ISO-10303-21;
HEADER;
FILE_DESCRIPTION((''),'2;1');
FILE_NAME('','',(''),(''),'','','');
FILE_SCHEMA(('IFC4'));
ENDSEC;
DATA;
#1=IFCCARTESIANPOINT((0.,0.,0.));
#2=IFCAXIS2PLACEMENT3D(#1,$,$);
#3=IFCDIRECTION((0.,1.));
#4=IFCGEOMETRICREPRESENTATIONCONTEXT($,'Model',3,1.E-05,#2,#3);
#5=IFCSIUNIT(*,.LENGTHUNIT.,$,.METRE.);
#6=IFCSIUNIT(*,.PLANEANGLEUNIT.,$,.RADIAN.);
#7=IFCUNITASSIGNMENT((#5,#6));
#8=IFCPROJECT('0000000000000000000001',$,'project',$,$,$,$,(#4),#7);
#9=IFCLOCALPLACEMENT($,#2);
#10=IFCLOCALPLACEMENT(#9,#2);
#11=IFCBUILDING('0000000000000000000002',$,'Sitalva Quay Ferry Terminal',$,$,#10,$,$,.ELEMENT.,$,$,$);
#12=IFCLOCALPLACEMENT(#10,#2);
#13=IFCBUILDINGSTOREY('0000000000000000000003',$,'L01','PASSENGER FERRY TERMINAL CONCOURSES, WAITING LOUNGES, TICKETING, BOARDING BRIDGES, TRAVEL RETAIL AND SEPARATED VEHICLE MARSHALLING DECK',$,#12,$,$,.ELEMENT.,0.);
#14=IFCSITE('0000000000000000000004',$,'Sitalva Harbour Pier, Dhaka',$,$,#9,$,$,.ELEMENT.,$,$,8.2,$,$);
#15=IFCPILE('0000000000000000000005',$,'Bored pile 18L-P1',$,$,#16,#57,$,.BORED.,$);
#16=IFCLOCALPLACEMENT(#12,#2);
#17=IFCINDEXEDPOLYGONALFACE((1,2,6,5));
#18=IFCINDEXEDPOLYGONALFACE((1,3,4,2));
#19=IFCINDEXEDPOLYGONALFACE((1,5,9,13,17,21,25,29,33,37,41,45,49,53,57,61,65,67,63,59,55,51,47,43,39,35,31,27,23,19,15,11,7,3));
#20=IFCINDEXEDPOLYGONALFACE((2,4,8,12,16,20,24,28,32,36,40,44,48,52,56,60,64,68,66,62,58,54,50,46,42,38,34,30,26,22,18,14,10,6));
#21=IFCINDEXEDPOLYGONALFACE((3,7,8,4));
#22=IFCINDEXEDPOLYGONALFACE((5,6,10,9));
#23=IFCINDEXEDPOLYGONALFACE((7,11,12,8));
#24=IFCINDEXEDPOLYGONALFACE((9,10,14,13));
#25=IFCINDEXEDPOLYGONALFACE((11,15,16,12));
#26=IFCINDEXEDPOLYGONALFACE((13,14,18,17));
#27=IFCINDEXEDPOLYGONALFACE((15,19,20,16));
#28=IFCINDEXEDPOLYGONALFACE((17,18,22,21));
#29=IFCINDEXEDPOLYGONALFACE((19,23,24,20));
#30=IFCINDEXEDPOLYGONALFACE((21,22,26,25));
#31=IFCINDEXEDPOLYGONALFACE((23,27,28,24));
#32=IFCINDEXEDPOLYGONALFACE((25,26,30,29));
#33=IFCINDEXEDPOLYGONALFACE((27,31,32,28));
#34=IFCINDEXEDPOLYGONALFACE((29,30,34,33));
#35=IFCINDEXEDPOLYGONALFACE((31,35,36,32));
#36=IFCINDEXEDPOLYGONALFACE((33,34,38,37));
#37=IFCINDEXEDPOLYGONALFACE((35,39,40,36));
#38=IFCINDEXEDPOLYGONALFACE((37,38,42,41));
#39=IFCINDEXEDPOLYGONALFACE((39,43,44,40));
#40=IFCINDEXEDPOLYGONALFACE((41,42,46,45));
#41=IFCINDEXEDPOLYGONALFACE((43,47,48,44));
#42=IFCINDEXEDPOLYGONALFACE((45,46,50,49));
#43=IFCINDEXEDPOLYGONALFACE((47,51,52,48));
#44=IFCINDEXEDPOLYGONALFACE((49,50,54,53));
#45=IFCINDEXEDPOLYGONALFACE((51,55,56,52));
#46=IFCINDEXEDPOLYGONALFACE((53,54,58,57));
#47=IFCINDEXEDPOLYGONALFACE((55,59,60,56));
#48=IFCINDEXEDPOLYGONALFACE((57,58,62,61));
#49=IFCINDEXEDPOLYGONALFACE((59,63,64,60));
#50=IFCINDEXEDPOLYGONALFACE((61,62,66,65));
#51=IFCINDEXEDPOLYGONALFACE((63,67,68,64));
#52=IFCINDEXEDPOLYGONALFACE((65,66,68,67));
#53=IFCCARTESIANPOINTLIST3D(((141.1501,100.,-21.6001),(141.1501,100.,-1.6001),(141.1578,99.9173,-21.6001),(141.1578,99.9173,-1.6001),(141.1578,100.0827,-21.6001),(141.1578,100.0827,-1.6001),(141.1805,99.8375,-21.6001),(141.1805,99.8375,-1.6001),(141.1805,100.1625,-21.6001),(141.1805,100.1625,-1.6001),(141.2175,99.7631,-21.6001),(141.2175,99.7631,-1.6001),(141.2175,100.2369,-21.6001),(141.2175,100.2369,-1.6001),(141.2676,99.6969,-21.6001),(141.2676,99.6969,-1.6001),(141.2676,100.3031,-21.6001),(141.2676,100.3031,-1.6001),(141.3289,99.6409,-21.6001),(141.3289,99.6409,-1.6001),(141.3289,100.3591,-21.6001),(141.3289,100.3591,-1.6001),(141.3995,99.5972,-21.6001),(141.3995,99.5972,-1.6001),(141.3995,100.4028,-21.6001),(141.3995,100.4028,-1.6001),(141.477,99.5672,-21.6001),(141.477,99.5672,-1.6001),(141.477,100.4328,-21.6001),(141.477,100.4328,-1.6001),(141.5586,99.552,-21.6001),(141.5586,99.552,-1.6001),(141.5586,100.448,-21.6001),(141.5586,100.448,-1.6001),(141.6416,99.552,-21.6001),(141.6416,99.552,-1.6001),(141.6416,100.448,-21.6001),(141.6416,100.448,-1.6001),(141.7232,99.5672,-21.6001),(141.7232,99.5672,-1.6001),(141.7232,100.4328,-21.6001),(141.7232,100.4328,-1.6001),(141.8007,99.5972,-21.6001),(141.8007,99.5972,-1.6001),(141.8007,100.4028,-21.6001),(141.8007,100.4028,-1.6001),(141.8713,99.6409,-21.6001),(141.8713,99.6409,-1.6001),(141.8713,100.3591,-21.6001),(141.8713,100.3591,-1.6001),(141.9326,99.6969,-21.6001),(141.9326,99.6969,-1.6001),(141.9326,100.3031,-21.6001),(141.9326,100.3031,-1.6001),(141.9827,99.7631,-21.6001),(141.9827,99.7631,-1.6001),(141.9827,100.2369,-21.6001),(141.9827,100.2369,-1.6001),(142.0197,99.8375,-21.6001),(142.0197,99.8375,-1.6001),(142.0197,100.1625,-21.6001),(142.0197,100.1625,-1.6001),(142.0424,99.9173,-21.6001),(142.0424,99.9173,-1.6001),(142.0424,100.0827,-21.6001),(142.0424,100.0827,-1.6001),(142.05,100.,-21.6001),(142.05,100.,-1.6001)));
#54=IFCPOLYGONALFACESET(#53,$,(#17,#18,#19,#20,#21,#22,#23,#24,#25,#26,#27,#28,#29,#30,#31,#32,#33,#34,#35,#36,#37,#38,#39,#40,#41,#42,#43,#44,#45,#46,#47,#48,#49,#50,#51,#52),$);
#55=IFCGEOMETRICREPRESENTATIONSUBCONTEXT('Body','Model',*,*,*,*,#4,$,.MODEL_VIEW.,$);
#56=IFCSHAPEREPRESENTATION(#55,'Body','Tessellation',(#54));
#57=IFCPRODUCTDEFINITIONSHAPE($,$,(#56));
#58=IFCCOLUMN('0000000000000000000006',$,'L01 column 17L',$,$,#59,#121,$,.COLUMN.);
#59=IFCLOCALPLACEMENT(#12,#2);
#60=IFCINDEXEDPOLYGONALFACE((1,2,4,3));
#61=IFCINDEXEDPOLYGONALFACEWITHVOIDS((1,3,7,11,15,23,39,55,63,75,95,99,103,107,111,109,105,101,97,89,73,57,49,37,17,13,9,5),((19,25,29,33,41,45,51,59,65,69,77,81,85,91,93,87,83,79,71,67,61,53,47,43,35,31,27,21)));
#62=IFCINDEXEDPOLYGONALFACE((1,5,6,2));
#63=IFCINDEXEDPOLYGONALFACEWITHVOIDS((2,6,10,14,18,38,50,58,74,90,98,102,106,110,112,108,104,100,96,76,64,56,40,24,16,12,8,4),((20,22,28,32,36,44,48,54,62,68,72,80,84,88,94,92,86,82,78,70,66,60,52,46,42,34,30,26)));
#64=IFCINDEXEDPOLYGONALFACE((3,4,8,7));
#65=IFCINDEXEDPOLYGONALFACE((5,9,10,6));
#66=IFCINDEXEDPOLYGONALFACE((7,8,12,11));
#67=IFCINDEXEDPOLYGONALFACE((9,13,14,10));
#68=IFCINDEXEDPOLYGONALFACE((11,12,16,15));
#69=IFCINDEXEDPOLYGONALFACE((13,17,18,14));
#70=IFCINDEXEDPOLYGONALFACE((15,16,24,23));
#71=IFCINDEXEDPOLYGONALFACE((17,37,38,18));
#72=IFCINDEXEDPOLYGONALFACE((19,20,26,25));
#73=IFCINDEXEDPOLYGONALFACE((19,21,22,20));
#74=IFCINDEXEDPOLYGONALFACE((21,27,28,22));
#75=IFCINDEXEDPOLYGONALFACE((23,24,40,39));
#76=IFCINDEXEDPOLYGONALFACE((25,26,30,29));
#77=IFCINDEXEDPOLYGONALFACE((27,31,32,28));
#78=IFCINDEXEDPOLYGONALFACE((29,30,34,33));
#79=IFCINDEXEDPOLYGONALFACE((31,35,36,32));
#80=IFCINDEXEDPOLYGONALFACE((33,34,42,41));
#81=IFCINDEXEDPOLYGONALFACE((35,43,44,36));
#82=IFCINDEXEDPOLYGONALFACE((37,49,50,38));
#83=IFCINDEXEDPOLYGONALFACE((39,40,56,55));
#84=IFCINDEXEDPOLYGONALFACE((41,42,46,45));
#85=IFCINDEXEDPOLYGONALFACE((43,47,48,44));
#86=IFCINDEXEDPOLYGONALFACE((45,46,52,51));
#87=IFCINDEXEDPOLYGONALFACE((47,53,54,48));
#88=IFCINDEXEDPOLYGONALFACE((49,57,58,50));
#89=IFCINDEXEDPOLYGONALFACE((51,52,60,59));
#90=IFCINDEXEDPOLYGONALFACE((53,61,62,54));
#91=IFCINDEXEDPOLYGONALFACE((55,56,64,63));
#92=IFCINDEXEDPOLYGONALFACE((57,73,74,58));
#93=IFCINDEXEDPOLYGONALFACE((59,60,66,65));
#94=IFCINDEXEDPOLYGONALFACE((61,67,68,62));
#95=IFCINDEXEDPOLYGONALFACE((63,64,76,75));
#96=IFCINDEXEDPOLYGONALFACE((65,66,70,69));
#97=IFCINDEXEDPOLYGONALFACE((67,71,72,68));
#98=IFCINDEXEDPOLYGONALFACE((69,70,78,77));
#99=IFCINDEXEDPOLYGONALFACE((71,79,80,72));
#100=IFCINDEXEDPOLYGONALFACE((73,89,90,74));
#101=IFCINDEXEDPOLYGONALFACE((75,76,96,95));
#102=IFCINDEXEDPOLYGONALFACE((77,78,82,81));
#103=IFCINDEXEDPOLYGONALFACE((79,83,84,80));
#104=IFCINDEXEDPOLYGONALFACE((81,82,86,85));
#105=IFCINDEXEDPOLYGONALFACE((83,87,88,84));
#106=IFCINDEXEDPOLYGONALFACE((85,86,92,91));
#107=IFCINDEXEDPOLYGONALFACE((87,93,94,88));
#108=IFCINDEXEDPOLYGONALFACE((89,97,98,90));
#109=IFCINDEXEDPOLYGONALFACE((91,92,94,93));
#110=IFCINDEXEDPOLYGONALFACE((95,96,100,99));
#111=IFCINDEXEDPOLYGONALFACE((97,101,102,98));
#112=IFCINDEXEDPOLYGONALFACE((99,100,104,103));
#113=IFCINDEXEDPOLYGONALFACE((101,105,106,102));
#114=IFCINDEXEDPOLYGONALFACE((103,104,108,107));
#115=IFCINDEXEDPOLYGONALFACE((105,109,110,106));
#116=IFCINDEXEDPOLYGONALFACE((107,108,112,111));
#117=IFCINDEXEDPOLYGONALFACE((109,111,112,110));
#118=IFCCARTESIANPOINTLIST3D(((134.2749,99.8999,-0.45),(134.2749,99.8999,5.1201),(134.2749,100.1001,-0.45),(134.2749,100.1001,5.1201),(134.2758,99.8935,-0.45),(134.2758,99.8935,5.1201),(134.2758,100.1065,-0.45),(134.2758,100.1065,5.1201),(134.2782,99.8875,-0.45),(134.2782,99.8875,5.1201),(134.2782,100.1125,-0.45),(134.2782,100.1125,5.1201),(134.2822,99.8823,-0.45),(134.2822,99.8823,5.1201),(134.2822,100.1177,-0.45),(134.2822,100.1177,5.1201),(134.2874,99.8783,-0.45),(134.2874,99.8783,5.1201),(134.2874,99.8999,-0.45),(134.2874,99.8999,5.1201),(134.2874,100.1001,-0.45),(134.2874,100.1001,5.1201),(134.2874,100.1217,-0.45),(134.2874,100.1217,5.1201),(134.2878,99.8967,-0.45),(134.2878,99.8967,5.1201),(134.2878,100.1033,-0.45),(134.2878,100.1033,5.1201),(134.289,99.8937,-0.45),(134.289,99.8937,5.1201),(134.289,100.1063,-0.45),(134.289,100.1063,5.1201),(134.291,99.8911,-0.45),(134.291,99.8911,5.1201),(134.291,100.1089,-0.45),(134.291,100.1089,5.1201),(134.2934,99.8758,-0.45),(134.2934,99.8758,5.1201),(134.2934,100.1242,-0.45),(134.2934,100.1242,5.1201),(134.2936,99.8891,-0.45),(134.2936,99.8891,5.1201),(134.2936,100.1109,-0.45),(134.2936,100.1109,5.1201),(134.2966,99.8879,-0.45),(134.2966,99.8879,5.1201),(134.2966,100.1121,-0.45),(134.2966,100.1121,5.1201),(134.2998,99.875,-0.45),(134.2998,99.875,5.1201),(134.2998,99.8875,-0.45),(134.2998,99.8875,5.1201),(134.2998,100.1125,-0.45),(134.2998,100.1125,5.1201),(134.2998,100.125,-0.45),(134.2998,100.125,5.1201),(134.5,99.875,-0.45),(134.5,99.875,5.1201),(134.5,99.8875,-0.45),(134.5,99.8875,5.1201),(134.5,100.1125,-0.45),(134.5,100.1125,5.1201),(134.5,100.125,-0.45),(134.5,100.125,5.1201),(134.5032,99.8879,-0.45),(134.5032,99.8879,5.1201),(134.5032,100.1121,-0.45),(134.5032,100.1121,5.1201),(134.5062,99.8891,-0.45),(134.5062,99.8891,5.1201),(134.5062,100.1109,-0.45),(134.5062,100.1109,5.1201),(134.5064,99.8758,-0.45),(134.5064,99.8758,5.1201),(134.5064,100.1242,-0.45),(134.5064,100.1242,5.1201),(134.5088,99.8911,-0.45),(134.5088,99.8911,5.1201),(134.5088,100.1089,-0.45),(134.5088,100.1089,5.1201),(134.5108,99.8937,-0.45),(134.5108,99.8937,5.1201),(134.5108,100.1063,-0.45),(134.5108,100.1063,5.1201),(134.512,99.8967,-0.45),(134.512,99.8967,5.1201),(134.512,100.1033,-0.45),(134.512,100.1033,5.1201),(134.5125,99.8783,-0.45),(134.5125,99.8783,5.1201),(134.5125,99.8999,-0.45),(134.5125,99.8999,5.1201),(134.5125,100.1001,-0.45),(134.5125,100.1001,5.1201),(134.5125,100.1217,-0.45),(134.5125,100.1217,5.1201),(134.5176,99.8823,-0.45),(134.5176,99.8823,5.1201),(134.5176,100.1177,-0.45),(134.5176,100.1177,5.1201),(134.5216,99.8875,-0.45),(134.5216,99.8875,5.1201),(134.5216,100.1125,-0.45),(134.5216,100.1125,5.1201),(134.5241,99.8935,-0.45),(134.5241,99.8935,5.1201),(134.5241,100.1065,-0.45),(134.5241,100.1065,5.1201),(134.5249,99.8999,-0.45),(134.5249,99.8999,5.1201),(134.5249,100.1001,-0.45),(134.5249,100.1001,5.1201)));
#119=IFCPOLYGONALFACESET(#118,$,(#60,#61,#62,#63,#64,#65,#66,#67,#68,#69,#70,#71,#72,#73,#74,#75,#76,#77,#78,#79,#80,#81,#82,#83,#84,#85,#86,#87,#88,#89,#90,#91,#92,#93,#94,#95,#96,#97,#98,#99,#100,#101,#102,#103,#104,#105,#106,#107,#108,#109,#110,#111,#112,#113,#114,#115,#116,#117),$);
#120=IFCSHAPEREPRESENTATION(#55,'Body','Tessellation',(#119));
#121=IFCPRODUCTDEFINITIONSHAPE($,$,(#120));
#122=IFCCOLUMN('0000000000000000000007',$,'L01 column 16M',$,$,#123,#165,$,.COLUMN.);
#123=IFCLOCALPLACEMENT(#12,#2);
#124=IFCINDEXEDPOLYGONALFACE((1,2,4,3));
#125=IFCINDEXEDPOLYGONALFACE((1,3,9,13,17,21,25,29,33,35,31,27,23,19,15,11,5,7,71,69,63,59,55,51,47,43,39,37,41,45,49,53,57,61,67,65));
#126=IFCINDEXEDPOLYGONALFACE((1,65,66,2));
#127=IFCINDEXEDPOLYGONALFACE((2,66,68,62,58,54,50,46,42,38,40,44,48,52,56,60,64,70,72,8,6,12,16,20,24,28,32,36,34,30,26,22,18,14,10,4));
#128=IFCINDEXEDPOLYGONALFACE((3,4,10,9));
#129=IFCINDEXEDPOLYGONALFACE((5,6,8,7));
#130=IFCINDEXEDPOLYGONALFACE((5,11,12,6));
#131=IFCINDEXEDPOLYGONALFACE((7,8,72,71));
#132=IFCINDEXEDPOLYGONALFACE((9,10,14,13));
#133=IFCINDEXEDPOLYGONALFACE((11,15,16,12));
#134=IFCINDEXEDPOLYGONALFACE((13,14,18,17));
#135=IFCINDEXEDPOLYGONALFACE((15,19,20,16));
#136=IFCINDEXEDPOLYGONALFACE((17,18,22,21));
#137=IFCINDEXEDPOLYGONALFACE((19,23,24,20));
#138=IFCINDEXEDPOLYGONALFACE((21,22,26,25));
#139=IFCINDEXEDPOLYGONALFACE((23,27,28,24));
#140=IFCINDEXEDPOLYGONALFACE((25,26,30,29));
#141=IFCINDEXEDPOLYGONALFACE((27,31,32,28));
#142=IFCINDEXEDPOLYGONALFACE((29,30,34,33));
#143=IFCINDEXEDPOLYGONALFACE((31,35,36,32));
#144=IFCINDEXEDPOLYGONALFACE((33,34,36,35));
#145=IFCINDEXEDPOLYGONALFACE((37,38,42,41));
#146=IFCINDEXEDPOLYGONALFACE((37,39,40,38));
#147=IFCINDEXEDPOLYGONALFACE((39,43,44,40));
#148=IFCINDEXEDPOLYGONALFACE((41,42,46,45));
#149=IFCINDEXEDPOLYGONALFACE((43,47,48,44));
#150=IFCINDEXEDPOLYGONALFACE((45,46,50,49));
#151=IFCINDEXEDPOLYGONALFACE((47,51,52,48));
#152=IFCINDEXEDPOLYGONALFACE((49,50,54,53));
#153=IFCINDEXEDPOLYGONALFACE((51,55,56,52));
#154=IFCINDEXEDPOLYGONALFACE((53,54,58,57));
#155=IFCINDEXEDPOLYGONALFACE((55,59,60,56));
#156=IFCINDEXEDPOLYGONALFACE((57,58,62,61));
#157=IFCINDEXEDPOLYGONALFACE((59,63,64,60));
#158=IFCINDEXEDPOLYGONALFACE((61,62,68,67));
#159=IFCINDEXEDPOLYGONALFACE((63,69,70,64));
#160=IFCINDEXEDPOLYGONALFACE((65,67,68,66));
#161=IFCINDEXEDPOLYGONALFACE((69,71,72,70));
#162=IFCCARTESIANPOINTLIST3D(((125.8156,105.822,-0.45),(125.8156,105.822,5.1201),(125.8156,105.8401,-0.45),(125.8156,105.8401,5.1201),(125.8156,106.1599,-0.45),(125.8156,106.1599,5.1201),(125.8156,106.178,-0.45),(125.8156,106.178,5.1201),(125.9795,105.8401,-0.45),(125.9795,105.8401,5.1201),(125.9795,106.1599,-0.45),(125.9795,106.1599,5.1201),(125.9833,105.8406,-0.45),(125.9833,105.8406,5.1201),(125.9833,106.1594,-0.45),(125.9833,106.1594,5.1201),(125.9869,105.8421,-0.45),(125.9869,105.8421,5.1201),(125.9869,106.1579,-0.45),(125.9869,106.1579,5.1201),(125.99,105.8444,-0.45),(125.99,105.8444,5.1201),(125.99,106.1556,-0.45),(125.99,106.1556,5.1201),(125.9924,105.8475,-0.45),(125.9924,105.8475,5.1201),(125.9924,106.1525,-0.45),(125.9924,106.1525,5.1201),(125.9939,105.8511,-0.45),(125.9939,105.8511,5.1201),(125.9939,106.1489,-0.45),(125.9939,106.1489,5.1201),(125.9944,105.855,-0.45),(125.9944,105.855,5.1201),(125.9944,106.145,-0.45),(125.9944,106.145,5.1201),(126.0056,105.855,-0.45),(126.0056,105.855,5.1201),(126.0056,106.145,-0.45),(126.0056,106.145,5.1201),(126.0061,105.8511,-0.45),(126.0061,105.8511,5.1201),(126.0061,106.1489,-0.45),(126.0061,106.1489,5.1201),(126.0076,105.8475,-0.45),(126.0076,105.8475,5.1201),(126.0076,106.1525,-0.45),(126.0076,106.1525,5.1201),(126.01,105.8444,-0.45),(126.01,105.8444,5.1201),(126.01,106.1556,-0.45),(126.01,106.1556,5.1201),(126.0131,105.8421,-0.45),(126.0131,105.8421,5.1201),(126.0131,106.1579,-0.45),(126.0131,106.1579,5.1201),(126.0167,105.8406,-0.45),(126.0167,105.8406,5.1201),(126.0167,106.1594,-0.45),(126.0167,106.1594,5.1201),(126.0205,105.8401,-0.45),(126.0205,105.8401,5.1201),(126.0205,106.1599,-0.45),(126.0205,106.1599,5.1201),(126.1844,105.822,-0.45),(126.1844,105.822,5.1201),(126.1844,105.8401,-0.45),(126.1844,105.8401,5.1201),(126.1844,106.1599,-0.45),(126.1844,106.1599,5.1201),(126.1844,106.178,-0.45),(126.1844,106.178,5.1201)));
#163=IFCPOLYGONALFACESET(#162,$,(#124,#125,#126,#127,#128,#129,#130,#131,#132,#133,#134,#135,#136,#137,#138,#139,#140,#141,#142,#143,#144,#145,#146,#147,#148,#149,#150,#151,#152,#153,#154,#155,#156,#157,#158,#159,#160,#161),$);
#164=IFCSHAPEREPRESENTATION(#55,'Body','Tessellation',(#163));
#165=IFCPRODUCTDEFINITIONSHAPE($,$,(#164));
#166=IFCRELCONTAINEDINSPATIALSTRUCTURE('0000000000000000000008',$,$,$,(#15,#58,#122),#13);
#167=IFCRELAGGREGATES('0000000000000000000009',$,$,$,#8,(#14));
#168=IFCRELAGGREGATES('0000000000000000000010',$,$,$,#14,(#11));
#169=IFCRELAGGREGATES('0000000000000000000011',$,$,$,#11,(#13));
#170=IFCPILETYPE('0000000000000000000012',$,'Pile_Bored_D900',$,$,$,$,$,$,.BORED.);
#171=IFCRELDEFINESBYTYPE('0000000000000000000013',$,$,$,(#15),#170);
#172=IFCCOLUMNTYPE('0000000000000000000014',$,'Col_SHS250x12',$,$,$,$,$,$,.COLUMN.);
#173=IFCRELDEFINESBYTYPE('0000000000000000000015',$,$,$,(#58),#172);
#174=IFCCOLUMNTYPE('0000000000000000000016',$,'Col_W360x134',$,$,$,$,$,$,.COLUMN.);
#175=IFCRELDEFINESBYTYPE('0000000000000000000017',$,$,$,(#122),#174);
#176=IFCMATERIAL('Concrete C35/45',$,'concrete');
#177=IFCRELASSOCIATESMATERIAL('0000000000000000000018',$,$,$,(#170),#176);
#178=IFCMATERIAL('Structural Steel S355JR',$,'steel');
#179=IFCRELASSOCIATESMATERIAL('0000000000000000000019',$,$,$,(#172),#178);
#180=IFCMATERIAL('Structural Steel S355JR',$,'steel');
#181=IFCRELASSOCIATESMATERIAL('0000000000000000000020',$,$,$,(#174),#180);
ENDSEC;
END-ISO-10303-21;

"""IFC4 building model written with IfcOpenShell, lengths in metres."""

from ifc_helpers import new_model, si_unit, direction, frame, origin, origin_2d, place, context, subcontext, project, spatial, hollow_rectangle, circle, i_section, extrude, material, material_profile, profile_set, type_object, element, save


model = new_model("IFC4")

# Units and contexts
model_context = context("Model", 3, precision=1e-05, world=origin(), true_north=direction((0.0, 1.0)))
body_context = subcontext(model_context, "Body", "Model", "MODEL_VIEW")
ifc_project = project(units=[si_unit("LENGTHUNIT", "METRE"), si_unit("PLANEANGLEUNIT", "RADIAN")], contexts=[model_context])

# Site, building, storey
site_placement = place(None, origin())
site = spatial("IfcSite", under=ifc_project, at=site_placement, Name="Sitalva Harbour Pier, Dhaka", CompositionType="ELEMENT", RefElevation=8.2)
building_placement = place(site_placement, origin())
building = spatial("IfcBuilding", under=site, at=building_placement, Name="Sitalva Quay Ferry Terminal", CompositionType="ELEMENT")
storey_placement = place(building_placement, origin())
storey = spatial("IfcBuildingStorey", under=building, at=storey_placement, Name="L01", Description="PASSENGER FERRY TERMINAL CONCOURSES, WAITING LOUNGES, TICKETING, BOARDING BRIDGES, TRAVEL RETAIL AND SEPARATED VEHICLE MARSHALLING DECK", CompositionType="ELEMENT", Elevation=0.0)

# Pile
ifc_material_1 = material(Name="Concrete C35/45", Category="concrete")
ifc_material_profile_1 = material_profile(ifc_material_1, circle(Radius=0.45, at=origin_2d()), Name="PILE-D900")
ifc_profile_set_1 = profile_set([ifc_material_profile_1], Name="Concrete C35/45")
pile_type = type_object("IfcPileType", Name="Pile_Bored_D900", PredefinedType="BORED", material=ifc_profile_set_1)
for number, where, z_axis, x_axis, name in (
    (1, (141.6001, 100.0, -1.6001), (0.0, 0.0, -1.0), (1.0, 0.0, 0.0), "Bored pile 18L-P1"),
):
    element("IfcPile", number, at=place(storey_placement, frame(where, z_axis=z_axis, x_axis=x_axis)), inside=storey, type_object=pile_type, Name=name, PredefinedType="BORED", context=body_context, shape_type="SweptSolid", body=[
        extrude(circle(Radius=0.45, at=origin_2d()), origin(), (0.0, 0.0, 1.0), 20.0),
    ])

# Columns
ifc_material_2 = material(Name="Structural Steel S355JR", Category="steel")
ifc_material_profile_2 = material_profile(ifc_material_2, hollow_rectangle(XDim=0.25, YDim=0.25, WallThickness=0.0125, InnerFilletRadius=0.0125, OuterFilletRadius=0.0249, at=origin_2d()), Name="SHS250x250x12.5")
ifc_profile_set_2 = profile_set([ifc_material_profile_2], Name="Structural Steel S355JR")
column_type_1 = type_object("IfcColumnType", Name="Col_SHS250x12", PredefinedType="COLUMN", material=ifc_profile_set_2)
column_1_placement = place(storey_placement, frame((134.3999, 100.0, -0.45), z_axis=(0.0, 0.0, 1.0), x_axis=(1.0, 0.0, 0.0)))
element("IfcColumn", 2, at=column_1_placement, inside=storey, type_object=column_type_1, Name="L01 column 17L", PredefinedType="COLUMN", context=body_context, shape_type="SweptSolid", body=[
    extrude(hollow_rectangle(XDim=0.25, YDim=0.25, WallThickness=0.0125, InnerFilletRadius=0.0125, OuterFilletRadius=0.0249, at=origin_2d()), origin(), (0.0, 0.0, 1.0), 5.5701),
])
ifc_material_3 = material(Name="Structural Steel S355JR", Category="steel")
ifc_material_profile_3 = material_profile(ifc_material_3, i_section(OverallWidth=0.3689, OverallDepth=0.356, WebThickness=0.0112, FlangeThickness=0.0181, FilletRadius=0.0149, at=origin_2d()), Name="W360x134")
ifc_profile_set_3 = profile_set([ifc_material_profile_3], Name="Structural Steel S355JR")
column_type_2 = type_object("IfcColumnType", Name="Col_W360x134", PredefinedType="COLUMN", material=ifc_profile_set_3)
column_2_placement = place(storey_placement, frame((126.0, 106.0, -0.45), z_axis=(0.0, 0.0, 1.0), x_axis=(1.0, 0.0, 0.0)))
element("IfcColumn", 3, at=column_2_placement, inside=storey, type_object=column_type_2, Name="L01 column 16M", PredefinedType="COLUMN", context=body_context, shape_type="SweptSolid", body=[
    extrude(i_section(OverallWidth=0.3689, OverallDepth=0.356, WebThickness=0.0112, FlangeThickness=0.0181, FilletRadius=0.0149, at=origin_2d()), origin(), (0.0, 0.0, 1.0), 5.5701),
])

save(model, "model.ifc")
